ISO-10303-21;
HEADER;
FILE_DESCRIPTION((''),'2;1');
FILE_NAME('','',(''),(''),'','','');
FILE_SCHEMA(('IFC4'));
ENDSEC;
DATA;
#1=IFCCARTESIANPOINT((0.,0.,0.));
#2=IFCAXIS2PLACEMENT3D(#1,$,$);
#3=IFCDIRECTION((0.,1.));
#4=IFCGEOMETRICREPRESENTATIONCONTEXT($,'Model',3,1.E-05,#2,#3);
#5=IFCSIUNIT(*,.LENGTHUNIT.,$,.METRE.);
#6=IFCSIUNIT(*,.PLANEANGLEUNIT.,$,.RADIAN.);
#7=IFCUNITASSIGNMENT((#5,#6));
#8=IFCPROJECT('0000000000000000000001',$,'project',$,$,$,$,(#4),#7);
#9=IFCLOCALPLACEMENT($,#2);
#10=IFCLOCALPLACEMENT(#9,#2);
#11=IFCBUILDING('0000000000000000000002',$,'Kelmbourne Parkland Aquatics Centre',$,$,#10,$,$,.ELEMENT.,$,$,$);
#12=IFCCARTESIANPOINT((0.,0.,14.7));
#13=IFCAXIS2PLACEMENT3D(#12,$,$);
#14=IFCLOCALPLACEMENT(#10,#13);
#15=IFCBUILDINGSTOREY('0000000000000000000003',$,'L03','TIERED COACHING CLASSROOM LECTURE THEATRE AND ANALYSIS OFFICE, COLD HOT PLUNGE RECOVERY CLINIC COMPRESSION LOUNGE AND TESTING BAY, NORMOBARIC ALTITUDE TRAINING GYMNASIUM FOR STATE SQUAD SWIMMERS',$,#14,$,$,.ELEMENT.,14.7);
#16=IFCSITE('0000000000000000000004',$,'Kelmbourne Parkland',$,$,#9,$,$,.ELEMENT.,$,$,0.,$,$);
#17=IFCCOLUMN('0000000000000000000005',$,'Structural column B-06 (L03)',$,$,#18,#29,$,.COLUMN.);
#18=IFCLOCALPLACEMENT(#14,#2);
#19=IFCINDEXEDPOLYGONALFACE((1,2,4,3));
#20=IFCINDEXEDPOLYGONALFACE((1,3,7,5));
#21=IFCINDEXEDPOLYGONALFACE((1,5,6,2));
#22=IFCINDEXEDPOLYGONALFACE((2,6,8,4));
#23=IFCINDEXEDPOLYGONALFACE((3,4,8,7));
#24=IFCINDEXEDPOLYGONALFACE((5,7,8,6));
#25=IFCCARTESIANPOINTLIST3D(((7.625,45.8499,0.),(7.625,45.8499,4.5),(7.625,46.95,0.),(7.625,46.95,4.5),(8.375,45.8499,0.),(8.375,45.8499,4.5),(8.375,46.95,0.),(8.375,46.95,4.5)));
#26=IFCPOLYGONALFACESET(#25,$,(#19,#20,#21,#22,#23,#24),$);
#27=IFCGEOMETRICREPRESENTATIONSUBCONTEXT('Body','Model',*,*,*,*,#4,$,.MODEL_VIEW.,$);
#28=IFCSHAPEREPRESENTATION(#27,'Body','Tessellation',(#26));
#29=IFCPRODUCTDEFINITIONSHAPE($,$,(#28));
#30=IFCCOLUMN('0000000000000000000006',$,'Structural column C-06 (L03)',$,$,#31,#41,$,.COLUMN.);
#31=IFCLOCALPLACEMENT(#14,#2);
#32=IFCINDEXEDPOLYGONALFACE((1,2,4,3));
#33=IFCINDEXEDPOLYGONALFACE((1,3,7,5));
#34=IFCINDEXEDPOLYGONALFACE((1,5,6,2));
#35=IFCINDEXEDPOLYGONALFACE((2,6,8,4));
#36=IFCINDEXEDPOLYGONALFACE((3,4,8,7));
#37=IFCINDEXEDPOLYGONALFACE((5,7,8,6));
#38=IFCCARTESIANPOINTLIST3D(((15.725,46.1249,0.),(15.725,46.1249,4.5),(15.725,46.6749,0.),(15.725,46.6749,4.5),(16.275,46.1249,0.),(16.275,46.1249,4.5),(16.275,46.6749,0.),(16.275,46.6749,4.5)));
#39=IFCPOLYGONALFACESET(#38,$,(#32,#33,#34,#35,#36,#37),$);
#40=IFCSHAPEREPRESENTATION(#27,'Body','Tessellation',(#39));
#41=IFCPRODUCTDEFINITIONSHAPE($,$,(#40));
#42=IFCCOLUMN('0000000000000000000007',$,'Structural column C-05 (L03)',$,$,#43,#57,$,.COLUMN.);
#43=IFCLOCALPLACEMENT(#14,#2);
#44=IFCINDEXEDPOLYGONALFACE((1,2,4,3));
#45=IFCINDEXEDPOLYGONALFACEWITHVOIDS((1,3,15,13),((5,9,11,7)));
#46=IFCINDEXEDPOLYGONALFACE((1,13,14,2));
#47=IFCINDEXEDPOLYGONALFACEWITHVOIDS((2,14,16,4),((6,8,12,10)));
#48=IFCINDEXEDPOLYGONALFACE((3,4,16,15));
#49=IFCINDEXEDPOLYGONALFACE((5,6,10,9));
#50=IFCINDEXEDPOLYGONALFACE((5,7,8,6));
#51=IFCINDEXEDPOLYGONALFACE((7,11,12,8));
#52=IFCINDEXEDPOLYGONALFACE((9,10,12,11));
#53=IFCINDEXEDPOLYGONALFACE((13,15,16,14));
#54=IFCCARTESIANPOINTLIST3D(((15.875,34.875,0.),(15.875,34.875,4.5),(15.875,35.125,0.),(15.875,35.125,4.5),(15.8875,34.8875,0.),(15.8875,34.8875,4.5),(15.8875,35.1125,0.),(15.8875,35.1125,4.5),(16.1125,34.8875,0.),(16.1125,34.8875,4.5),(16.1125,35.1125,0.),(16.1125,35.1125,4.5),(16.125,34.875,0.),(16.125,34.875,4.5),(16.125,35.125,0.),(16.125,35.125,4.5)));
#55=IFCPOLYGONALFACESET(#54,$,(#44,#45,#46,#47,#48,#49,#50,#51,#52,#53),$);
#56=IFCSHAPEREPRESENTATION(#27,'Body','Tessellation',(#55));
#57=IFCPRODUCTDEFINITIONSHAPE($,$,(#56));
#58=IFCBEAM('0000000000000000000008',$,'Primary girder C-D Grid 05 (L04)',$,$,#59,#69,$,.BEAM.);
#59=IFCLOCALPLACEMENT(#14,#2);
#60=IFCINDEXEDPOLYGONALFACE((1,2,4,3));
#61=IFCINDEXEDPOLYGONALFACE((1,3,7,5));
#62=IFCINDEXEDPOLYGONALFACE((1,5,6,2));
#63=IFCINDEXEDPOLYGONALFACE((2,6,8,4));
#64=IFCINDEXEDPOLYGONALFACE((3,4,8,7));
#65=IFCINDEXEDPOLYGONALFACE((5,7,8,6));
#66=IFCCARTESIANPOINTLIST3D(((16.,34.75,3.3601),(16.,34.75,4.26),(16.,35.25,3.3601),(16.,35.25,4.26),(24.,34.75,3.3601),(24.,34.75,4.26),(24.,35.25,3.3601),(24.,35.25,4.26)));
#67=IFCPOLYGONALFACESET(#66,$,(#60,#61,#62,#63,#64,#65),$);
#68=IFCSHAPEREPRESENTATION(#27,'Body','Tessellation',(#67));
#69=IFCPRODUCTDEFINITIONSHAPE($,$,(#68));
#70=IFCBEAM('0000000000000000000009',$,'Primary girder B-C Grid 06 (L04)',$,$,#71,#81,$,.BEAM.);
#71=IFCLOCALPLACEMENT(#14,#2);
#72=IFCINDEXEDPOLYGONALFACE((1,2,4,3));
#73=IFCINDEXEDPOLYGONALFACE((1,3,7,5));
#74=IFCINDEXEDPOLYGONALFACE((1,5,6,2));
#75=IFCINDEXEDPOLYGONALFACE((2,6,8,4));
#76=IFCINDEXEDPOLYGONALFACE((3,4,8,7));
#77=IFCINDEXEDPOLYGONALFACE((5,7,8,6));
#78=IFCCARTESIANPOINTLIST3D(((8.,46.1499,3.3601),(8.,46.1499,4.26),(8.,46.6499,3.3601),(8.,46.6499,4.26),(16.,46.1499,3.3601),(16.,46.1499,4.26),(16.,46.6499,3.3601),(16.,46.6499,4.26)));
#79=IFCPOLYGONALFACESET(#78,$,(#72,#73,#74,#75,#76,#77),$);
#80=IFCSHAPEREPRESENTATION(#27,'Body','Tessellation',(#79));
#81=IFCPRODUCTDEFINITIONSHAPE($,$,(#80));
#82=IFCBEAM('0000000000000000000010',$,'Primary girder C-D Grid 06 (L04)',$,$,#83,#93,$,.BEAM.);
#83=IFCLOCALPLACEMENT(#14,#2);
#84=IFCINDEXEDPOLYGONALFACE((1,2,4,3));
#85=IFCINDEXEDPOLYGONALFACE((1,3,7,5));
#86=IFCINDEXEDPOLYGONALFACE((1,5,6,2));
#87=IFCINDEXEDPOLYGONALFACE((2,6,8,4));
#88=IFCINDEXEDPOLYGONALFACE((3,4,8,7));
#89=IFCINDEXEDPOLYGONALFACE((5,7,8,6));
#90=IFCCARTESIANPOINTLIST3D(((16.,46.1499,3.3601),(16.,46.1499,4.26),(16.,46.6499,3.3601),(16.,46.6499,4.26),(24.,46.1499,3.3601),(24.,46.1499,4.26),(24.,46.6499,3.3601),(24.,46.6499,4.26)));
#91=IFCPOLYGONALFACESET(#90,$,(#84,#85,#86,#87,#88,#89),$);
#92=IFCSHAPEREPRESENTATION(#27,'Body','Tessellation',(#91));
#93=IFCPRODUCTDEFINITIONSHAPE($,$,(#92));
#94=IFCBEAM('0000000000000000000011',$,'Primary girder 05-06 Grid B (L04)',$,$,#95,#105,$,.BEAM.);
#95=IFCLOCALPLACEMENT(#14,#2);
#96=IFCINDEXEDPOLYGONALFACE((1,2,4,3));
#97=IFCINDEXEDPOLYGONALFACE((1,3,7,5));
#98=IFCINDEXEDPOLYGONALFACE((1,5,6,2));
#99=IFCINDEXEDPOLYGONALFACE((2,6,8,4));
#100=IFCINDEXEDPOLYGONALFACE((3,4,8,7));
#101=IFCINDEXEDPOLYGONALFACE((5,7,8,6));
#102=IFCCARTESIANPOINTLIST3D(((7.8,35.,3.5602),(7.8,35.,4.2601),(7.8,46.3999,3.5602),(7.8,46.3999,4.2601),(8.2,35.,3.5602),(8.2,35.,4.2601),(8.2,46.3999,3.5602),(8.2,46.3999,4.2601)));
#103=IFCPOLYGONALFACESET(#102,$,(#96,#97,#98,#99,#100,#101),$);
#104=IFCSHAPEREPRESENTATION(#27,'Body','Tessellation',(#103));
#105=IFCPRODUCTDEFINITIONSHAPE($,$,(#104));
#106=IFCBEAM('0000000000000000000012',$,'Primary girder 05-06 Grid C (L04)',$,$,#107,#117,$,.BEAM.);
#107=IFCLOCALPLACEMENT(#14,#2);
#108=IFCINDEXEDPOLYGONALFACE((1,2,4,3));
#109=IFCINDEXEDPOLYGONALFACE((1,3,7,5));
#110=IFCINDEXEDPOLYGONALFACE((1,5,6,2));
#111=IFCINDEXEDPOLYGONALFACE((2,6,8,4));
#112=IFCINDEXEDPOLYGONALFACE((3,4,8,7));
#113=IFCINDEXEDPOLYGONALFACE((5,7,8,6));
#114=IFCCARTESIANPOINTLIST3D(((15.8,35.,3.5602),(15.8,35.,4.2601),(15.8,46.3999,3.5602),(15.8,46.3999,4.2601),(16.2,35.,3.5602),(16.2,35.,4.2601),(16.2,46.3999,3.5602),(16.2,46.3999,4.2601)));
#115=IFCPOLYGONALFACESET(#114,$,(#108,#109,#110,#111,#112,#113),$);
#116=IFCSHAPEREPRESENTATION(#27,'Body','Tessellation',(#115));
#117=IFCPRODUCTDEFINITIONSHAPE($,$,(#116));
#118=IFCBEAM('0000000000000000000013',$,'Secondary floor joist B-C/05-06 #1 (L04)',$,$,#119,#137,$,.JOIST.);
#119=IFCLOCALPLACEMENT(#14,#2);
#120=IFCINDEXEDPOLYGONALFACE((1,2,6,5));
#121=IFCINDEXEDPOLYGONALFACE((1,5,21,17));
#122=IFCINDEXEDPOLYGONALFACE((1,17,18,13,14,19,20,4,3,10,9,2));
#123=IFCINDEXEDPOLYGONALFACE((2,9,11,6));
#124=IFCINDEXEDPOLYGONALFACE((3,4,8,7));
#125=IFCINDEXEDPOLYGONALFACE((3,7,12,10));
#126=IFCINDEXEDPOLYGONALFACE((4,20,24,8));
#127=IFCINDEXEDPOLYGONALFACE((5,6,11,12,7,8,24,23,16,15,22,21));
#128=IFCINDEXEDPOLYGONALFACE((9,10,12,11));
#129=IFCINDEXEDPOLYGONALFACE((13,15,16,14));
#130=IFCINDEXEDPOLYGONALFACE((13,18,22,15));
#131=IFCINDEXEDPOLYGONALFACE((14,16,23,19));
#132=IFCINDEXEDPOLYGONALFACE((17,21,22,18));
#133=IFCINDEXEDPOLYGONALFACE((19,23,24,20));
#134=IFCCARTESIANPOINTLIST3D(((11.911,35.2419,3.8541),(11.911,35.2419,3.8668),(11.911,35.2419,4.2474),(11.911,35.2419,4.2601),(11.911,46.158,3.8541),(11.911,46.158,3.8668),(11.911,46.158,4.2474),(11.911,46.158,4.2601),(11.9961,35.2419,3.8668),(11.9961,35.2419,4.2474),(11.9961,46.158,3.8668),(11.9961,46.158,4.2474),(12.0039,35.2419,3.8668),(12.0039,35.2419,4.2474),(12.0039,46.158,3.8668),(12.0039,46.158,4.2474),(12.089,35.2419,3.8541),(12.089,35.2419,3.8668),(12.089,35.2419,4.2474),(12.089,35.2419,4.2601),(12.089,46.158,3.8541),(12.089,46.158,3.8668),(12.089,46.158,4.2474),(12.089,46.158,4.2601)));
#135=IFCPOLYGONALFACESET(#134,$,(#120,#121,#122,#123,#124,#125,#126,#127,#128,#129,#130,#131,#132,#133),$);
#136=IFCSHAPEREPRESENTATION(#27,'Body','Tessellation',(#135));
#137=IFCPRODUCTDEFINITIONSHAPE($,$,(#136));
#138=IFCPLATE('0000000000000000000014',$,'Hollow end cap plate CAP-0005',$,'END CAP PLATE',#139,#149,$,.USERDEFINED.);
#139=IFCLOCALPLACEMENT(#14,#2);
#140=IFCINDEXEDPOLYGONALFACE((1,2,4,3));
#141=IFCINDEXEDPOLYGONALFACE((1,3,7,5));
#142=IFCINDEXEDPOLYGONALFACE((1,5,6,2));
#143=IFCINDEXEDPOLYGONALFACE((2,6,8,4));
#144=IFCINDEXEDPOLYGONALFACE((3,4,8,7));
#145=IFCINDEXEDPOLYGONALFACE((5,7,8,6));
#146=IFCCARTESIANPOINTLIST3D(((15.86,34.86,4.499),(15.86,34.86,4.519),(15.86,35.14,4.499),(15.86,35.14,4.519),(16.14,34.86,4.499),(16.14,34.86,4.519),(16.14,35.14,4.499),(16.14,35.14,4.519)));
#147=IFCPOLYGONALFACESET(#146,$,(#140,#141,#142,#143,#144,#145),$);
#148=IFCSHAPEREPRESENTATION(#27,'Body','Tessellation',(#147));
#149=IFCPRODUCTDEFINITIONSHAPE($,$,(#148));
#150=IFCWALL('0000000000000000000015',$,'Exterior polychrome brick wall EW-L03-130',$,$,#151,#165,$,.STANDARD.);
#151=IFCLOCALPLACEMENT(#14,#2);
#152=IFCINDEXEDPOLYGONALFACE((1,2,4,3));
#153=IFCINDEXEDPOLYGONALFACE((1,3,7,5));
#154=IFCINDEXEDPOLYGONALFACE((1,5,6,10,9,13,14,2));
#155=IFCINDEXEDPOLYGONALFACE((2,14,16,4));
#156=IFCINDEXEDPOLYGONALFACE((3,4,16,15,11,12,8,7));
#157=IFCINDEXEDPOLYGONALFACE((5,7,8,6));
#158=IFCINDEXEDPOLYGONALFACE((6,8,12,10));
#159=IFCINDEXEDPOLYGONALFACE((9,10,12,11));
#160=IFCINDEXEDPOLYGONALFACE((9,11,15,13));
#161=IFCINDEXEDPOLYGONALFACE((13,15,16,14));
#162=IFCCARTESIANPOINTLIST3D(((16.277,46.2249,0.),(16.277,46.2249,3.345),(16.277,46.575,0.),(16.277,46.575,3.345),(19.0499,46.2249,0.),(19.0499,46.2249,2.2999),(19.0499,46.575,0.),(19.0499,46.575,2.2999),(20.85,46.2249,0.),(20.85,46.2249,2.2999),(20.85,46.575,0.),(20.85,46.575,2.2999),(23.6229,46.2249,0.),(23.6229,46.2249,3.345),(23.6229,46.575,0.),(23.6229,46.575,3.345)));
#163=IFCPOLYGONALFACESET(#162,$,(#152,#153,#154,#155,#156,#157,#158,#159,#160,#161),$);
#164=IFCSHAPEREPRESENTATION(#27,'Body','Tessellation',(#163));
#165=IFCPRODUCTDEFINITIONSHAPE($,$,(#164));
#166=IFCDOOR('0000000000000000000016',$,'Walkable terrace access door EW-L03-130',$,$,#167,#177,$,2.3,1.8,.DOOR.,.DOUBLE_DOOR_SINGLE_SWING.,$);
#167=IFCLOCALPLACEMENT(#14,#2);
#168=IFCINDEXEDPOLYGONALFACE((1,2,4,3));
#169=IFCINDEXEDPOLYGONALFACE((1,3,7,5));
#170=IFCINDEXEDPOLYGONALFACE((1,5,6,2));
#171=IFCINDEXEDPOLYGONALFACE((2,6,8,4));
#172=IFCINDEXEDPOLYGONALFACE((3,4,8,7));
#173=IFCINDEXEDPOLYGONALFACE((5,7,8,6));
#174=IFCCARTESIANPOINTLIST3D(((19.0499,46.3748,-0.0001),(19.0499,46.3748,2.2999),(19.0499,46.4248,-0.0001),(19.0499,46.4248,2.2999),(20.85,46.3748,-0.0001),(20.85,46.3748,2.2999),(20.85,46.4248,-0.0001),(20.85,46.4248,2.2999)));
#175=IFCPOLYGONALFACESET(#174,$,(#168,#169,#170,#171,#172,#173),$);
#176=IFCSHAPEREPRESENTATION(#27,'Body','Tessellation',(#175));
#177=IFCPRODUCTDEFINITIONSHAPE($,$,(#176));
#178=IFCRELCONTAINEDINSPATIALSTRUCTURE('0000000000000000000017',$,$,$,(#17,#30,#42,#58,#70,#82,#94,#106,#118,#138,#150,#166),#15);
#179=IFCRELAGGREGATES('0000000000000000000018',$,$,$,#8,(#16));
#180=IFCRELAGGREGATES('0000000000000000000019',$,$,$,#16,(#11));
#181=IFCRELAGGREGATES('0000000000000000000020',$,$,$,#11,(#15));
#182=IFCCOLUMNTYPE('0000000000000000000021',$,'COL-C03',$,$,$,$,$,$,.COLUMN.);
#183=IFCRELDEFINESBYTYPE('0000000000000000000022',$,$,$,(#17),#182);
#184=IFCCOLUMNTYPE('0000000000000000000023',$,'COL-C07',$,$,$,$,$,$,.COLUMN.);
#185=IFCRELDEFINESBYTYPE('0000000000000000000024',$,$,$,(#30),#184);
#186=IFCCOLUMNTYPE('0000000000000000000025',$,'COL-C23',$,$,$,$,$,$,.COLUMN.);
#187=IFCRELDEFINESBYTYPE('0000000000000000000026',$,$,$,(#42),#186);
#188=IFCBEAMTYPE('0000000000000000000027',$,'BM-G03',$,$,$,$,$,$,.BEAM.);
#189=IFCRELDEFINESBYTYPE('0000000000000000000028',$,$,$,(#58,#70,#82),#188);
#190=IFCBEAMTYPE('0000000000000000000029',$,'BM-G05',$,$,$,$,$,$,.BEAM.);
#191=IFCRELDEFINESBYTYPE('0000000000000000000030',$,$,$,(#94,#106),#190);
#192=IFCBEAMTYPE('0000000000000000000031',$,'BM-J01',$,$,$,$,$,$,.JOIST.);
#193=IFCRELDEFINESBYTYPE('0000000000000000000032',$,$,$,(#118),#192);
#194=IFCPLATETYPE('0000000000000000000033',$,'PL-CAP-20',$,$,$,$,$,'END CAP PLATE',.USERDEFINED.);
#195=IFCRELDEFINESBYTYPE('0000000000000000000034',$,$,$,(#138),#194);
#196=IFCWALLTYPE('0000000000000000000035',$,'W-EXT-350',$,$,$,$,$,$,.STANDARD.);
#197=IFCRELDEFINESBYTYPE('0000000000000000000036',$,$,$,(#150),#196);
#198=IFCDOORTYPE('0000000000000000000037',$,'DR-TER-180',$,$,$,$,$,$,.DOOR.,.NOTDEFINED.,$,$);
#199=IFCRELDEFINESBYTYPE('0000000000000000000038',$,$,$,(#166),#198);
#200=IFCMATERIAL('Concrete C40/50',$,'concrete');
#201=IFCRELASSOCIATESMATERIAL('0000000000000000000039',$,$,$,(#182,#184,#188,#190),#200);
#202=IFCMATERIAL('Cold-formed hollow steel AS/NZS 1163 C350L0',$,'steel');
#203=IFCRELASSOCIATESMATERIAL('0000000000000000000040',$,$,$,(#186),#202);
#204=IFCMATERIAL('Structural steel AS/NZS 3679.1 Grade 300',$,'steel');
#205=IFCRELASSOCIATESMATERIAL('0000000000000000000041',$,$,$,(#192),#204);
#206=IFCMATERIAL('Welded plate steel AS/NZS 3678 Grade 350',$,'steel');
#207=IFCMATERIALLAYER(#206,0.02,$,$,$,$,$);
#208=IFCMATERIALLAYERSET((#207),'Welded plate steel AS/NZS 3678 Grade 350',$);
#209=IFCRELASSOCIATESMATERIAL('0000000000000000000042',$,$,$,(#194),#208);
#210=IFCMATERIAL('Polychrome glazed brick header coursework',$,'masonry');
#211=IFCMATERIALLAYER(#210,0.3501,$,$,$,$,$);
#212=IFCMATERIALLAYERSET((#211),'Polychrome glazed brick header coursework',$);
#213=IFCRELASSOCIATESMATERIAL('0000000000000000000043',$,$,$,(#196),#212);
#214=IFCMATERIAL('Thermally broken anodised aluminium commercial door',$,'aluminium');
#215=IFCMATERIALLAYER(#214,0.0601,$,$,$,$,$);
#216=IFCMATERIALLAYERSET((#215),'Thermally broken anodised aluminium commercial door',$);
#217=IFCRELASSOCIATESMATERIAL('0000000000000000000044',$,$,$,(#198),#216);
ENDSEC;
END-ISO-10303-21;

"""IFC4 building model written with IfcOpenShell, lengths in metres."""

from ifc_helpers import new_model, si_unit, direction, frame, frame_2d, origin, origin_2d, place, context, subcontext, project, spatial, rectangle, hollow_rectangle, i_section, extrude, material, layer, layer_set, material_profile, profile_set, type_object, element, fill, save


model = new_model("IFC4")

# Units and contexts
model_context = context("Model", 3, precision=1e-05, world=origin(), true_north=direction((0.0, 1.0)))
body_context = subcontext(model_context, "Body", "Model", "MODEL_VIEW")
ifc_project = project(units=[si_unit("LENGTHUNIT", "METRE"), si_unit("PLANEANGLEUNIT", "RADIAN")], contexts=[model_context])

# Site, building, storey
site_placement = place(None, origin())
site = spatial("IfcSite", under=ifc_project, at=site_placement, Name="Kelmbourne Parkland", CompositionType="ELEMENT", RefElevation=0.0)
building_placement = place(site_placement, origin())
building = spatial("IfcBuilding", under=site, at=building_placement, Name="Kelmbourne Parkland Aquatics Centre", CompositionType="ELEMENT")
storey_placement = place(building_placement, frame((0.0, 0.0, 14.7)))
storey = spatial("IfcBuildingStorey", under=building, at=storey_placement, Name="L03", Description="TIERED COACHING CLASSROOM LECTURE THEATRE AND ANALYSIS OFFICE, COLD HOT PLUNGE RECOVERY CLINIC COMPRESSION LOUNGE AND TESTING BAY, NORMOBARIC ALTITUDE TRAINING GYMNASIUM FOR STATE SQUAD SWIMMERS", CompositionType="ELEMENT", Elevation=14.7)

# Columns
ifc_material_1 = material(Name="Concrete C40/50", Category="concrete")
ifc_material_profile_1 = material_profile(ifc_material_1, rectangle(XDim=0.75, YDim=1.1001, at=origin_2d()), Name="RC 750x1100")
ifc_profile_set_1 = profile_set([ifc_material_profile_1], Name="Concrete C40/50")
column_type_1 = type_object("IfcColumnType", Name="COL-C03", PredefinedType="COLUMN", material=ifc_profile_set_1)
column_1_placement = place(storey_placement, frame((8.0, 46.3999, 0.0), z_axis=(0.0, 0.0, 1.0), x_axis=(1.0, 0.0, 0.0)))
element("IfcColumn", 1, at=column_1_placement, inside=storey, type_object=column_type_1, Name="Structural column B-06 (L03)", PredefinedType="COLUMN", context=body_context, shape_type="SweptSolid", body=[
    extrude(rectangle(XDim=0.75, YDim=1.1001, at=origin_2d()), origin(), (0.0, 0.0, 1.0), 4.5),
])
ifc_material_profile_2 = material_profile(ifc_material_1, rectangle(XDim=0.55, YDim=0.55, at=origin_2d()), Name="RC 550x550")
ifc_profile_set_2 = profile_set([ifc_material_profile_2], Name="Concrete C40/50")
column_type_2 = type_object("IfcColumnType", Name="COL-C07", PredefinedType="COLUMN", material=ifc_profile_set_2)
column_2_placement = place(storey_placement, frame((16.0, 46.3999, 0.0), z_axis=(0.0, 0.0, 1.0), x_axis=(1.0, 0.0, 0.0)))
element("IfcColumn", 2, at=column_2_placement, inside=storey, type_object=column_type_2, Name="Structural column C-06 (L03)", PredefinedType="COLUMN", context=body_context, shape_type="SweptSolid", body=[
    extrude(rectangle(XDim=0.55, YDim=0.55, at=origin_2d()), origin(), (0.0, 0.0, 1.0), 4.5),
])
ifc_material_2 = material(Name="Cold-formed hollow steel AS/NZS 1163 C350L0", Category="steel")
ifc_material_profile_3 = material_profile(ifc_material_2, hollow_rectangle(XDim=0.25, YDim=0.25, WallThickness=0.0125, at=origin_2d()), Name="SHS 250x250x12.5")
ifc_profile_set_3 = profile_set([ifc_material_profile_3], Name="Cold-formed hollow steel AS/NZS 1163 C350L0")
column_type_3 = type_object("IfcColumnType", Name="COL-C23", PredefinedType="COLUMN", material=ifc_profile_set_3)
column_3_placement = place(storey_placement, frame((16.0, 35.0, 0.0), z_axis=(0.0, 0.0, 1.0), x_axis=(1.0, 0.0, 0.0)))
element("IfcColumn", 3, at=column_3_placement, inside=storey, type_object=column_type_3, Name="Structural column C-05 (L03)", PredefinedType="COLUMN", context=body_context, shape_type="SweptSolid", body=[
    extrude(hollow_rectangle(XDim=0.25, YDim=0.25, WallThickness=0.0125, at=origin_2d()), origin(), (0.0, 0.0, 1.0), 4.5),
])

# Beams
ifc_material_profile_4 = material_profile(ifc_material_1, rectangle(XDim=0.5, YDim=0.8999, at=origin_2d()), Name="RC 500x900")
ifc_profile_set_4 = profile_set([ifc_material_profile_4], Name="Concrete C40/50")
beam_type_1 = type_object("IfcBeamType", Name="BM-G03", PredefinedType="BEAM", material=ifc_profile_set_4)
for number, where, z_axis, x_axis, name in (
    (4, (16.0, 35.0, 3.8101), (1.0, 0.0, 0.0), (0.0, 1.0, 0.0), "Primary girder C-D Grid 05 (L04)"),
    (5, (8.0, 46.3999, 3.8101), (1.0, 0.0, 0.0), (0.0, 1.0, 0.0), "Primary girder B-C Grid 06 (L04)"),
    (6, (16.0, 46.3999, 3.8101), (1.0, 0.0, 0.0), (0.0, 1.0, 0.0), "Primary girder C-D Grid 06 (L04)"),
):
    element("IfcBeam", number, at=place(storey_placement, frame(where, z_axis=z_axis, x_axis=x_axis)), inside=storey, type_object=beam_type_1, Name=name, PredefinedType="BEAM", context=body_context, shape_type="SweptSolid", body=[
        extrude(rectangle(XDim=0.5, YDim=0.8999, at=origin_2d()), origin(), (0.0, 0.0, 1.0), 8.0),
    ])
ifc_material_profile_5 = material_profile(ifc_material_1, rectangle(XDim=0.3999, YDim=0.7, at=origin_2d()), Name="RC 400x700")
ifc_profile_set_5 = profile_set([ifc_material_profile_5], Name="Concrete C40/50")
beam_type_2 = type_object("IfcBeamType", Name="BM-G05", PredefinedType="BEAM", material=ifc_profile_set_5)
for number, where, z_axis, x_axis, name in (
    (7, (8.0, 35.0, 3.9102), (0.0, 1.0, 0.0), (-1.0, 0.0, 0.0), "Primary girder 05-06 Grid B (L04)"),
    (8, (16.0, 35.0, 3.9102), (0.0, 1.0, 0.0), (-1.0, 0.0, 0.0), "Primary girder 05-06 Grid C (L04)"),
):
    element("IfcBeam", number, at=place(storey_placement, frame(where, z_axis=z_axis, x_axis=x_axis)), inside=storey, type_object=beam_type_2, Name=name, PredefinedType="BEAM", context=body_context, shape_type="SweptSolid", body=[
        extrude(rectangle(XDim=0.3999, YDim=0.7, at=origin_2d()), origin(), (0.0, 0.0, 1.0), 11.3999),
    ])
ifc_material_3 = material(Name="Structural steel AS/NZS 3679.1 Grade 300", Category="steel")
ifc_material_profile_6 = material_profile(ifc_material_3, i_section(OverallWidth=0.178, OverallDepth=0.406, WebThickness=0.0078, FlangeThickness=0.0127, at=origin_2d()), Name="410UB59.7")
ifc_profile_set_6 = profile_set([ifc_material_profile_6], Name="Structural steel AS/NZS 3679.1 Grade 300")
beam_type_3 = type_object("IfcBeamType", Name="BM-J01", PredefinedType="JOIST", material=ifc_profile_set_6)
beam_placement = place(storey_placement, frame((12.0, 35.2419, 4.0571), z_axis=(0.0, 1.0, 0.0), x_axis=(-1.0, 0.0, 0.0)))
element("IfcBeam", 9, at=beam_placement, inside=storey, type_object=beam_type_3, Name="Secondary floor joist B-C/05-06 #1 (L04)", PredefinedType="JOIST", context=body_context, shape_type="SweptSolid", body=[
    extrude(i_section(OverallWidth=0.178, OverallDepth=0.406, WebThickness=0.0078, FlangeThickness=0.0127, at=origin_2d()), origin(), (0.0, 0.0, 1.0), 10.916),
])

# Plate
ifc_material_4 = material(Name="Welded plate steel AS/NZS 3678 Grade 350", Category="steel")
ifc_layer_1 = layer(ifc_material_4, 0.02)
ifc_layer_set_1 = layer_set([ifc_layer_1], Name="Welded plate steel AS/NZS 3678 Grade 350")
plate_type = type_object("IfcPlateType", Name="PL-CAP-20", ElementType="END CAP PLATE", PredefinedType="USERDEFINED", material=ifc_layer_set_1)
plate_placement = place(storey_placement, frame((16.0, 35.0, 4.499), z_axis=(0.0, 0.0, 1.0), x_axis=(1.0, 0.0, 0.0)))
element("IfcPlate", 10, at=plate_placement, inside=storey, type_object=plate_type, Name="Hollow end cap plate CAP-0005", ObjectType="END CAP PLATE", PredefinedType="USERDEFINED", context=body_context, shape_type="SweptSolid", body=[
    extrude(rectangle(XDim=0.28, YDim=0.28, at=origin_2d()), origin(), (0.0, 0.0, 1.0), 0.02),
])

# Wall, opening, door
ifc_material_5 = material(Name="Polychrome glazed brick header coursework", Category="masonry")
ifc_layer_2 = layer(ifc_material_5, 0.3501)
ifc_layer_set_2 = layer_set([ifc_layer_2], Name="Polychrome glazed brick header coursework")
wall_type_1 = type_object("IfcWallType", Name="W-EXT-350", PredefinedType="STANDARD", material=ifc_layer_set_2)
wall_1_placement = place(storey_placement, frame((16.2771, 46.3999, 0.0), z_axis=(0.0, 0.0, 1.0), x_axis=(1.0, 0.0, 0.0)))
wall_1 = element("IfcWall", 11, at=wall_1_placement, inside=storey, type_object=wall_type_1, Name="Exterior polychrome brick wall EW-L03-130", PredefinedType="STANDARD", context=body_context, shape_type="SweptSolid", body=[
    extrude(rectangle(XDim=7.3459, YDim=0.3501, at=frame_2d((3.6729, 0.0))), origin(), (0.0, 0.0, 1.0), 3.345),
])
opening_1_placement = place(wall_1_placement, frame((2.7729, 0.0, 0.0)))
opening_1 = element("IfcOpeningElement", 12, at=opening_1_placement, cuts=wall_1, PredefinedType="OPENING", context=body_context, shape_type="SweptSolid", body=[
    extrude(rectangle(XDim=1.8, YDim=2.3, at=frame_2d((0.8999, 1.1499))), frame((0.0, 0.187, 0.0), z_axis=(0.0, -1.0, 0.0), x_axis=(1.0, 0.0, 0.0)), (0.0, 0.0, 1.0), 0.374),
])
ifc_material_6 = material(Name="Thermally broken anodised aluminium commercial door", Category="aluminium")
ifc_layer_3 = layer(ifc_material_6, 0.0601)
ifc_layer_set_3 = layer_set([ifc_layer_3], Name="Thermally broken anodised aluminium commercial door")
door_type = type_object("IfcDoorType", Name="DR-TER-180", OperationType="NOTDEFINED", PredefinedType="DOOR", material=ifc_layer_set_3)
door_placement = place(opening_1_placement, origin())
door = element("IfcDoor", 13, at=door_placement, inside=storey, type_object=door_type, Name="Walkable terrace access door EW-L03-130", OperationType="DOUBLE_DOOR_SINGLE_SWING", OverallHeight=2.3, OverallWidth=1.8, PredefinedType="DOOR", context=body_context, shape_type="SweptSolid", body=[
    extrude(rectangle(XDim=1.8, YDim=2.3, at=frame_2d((0.8999, 1.1499))), frame((0.0, 0.0249, 0.0), z_axis=(0.0, -1.0, 0.0), x_axis=(1.0, 0.0, 0.0)), (0.0, 0.0, 1.0), 0.05),
])
fill(opening_1, door)

save(model, "model.ifc")
